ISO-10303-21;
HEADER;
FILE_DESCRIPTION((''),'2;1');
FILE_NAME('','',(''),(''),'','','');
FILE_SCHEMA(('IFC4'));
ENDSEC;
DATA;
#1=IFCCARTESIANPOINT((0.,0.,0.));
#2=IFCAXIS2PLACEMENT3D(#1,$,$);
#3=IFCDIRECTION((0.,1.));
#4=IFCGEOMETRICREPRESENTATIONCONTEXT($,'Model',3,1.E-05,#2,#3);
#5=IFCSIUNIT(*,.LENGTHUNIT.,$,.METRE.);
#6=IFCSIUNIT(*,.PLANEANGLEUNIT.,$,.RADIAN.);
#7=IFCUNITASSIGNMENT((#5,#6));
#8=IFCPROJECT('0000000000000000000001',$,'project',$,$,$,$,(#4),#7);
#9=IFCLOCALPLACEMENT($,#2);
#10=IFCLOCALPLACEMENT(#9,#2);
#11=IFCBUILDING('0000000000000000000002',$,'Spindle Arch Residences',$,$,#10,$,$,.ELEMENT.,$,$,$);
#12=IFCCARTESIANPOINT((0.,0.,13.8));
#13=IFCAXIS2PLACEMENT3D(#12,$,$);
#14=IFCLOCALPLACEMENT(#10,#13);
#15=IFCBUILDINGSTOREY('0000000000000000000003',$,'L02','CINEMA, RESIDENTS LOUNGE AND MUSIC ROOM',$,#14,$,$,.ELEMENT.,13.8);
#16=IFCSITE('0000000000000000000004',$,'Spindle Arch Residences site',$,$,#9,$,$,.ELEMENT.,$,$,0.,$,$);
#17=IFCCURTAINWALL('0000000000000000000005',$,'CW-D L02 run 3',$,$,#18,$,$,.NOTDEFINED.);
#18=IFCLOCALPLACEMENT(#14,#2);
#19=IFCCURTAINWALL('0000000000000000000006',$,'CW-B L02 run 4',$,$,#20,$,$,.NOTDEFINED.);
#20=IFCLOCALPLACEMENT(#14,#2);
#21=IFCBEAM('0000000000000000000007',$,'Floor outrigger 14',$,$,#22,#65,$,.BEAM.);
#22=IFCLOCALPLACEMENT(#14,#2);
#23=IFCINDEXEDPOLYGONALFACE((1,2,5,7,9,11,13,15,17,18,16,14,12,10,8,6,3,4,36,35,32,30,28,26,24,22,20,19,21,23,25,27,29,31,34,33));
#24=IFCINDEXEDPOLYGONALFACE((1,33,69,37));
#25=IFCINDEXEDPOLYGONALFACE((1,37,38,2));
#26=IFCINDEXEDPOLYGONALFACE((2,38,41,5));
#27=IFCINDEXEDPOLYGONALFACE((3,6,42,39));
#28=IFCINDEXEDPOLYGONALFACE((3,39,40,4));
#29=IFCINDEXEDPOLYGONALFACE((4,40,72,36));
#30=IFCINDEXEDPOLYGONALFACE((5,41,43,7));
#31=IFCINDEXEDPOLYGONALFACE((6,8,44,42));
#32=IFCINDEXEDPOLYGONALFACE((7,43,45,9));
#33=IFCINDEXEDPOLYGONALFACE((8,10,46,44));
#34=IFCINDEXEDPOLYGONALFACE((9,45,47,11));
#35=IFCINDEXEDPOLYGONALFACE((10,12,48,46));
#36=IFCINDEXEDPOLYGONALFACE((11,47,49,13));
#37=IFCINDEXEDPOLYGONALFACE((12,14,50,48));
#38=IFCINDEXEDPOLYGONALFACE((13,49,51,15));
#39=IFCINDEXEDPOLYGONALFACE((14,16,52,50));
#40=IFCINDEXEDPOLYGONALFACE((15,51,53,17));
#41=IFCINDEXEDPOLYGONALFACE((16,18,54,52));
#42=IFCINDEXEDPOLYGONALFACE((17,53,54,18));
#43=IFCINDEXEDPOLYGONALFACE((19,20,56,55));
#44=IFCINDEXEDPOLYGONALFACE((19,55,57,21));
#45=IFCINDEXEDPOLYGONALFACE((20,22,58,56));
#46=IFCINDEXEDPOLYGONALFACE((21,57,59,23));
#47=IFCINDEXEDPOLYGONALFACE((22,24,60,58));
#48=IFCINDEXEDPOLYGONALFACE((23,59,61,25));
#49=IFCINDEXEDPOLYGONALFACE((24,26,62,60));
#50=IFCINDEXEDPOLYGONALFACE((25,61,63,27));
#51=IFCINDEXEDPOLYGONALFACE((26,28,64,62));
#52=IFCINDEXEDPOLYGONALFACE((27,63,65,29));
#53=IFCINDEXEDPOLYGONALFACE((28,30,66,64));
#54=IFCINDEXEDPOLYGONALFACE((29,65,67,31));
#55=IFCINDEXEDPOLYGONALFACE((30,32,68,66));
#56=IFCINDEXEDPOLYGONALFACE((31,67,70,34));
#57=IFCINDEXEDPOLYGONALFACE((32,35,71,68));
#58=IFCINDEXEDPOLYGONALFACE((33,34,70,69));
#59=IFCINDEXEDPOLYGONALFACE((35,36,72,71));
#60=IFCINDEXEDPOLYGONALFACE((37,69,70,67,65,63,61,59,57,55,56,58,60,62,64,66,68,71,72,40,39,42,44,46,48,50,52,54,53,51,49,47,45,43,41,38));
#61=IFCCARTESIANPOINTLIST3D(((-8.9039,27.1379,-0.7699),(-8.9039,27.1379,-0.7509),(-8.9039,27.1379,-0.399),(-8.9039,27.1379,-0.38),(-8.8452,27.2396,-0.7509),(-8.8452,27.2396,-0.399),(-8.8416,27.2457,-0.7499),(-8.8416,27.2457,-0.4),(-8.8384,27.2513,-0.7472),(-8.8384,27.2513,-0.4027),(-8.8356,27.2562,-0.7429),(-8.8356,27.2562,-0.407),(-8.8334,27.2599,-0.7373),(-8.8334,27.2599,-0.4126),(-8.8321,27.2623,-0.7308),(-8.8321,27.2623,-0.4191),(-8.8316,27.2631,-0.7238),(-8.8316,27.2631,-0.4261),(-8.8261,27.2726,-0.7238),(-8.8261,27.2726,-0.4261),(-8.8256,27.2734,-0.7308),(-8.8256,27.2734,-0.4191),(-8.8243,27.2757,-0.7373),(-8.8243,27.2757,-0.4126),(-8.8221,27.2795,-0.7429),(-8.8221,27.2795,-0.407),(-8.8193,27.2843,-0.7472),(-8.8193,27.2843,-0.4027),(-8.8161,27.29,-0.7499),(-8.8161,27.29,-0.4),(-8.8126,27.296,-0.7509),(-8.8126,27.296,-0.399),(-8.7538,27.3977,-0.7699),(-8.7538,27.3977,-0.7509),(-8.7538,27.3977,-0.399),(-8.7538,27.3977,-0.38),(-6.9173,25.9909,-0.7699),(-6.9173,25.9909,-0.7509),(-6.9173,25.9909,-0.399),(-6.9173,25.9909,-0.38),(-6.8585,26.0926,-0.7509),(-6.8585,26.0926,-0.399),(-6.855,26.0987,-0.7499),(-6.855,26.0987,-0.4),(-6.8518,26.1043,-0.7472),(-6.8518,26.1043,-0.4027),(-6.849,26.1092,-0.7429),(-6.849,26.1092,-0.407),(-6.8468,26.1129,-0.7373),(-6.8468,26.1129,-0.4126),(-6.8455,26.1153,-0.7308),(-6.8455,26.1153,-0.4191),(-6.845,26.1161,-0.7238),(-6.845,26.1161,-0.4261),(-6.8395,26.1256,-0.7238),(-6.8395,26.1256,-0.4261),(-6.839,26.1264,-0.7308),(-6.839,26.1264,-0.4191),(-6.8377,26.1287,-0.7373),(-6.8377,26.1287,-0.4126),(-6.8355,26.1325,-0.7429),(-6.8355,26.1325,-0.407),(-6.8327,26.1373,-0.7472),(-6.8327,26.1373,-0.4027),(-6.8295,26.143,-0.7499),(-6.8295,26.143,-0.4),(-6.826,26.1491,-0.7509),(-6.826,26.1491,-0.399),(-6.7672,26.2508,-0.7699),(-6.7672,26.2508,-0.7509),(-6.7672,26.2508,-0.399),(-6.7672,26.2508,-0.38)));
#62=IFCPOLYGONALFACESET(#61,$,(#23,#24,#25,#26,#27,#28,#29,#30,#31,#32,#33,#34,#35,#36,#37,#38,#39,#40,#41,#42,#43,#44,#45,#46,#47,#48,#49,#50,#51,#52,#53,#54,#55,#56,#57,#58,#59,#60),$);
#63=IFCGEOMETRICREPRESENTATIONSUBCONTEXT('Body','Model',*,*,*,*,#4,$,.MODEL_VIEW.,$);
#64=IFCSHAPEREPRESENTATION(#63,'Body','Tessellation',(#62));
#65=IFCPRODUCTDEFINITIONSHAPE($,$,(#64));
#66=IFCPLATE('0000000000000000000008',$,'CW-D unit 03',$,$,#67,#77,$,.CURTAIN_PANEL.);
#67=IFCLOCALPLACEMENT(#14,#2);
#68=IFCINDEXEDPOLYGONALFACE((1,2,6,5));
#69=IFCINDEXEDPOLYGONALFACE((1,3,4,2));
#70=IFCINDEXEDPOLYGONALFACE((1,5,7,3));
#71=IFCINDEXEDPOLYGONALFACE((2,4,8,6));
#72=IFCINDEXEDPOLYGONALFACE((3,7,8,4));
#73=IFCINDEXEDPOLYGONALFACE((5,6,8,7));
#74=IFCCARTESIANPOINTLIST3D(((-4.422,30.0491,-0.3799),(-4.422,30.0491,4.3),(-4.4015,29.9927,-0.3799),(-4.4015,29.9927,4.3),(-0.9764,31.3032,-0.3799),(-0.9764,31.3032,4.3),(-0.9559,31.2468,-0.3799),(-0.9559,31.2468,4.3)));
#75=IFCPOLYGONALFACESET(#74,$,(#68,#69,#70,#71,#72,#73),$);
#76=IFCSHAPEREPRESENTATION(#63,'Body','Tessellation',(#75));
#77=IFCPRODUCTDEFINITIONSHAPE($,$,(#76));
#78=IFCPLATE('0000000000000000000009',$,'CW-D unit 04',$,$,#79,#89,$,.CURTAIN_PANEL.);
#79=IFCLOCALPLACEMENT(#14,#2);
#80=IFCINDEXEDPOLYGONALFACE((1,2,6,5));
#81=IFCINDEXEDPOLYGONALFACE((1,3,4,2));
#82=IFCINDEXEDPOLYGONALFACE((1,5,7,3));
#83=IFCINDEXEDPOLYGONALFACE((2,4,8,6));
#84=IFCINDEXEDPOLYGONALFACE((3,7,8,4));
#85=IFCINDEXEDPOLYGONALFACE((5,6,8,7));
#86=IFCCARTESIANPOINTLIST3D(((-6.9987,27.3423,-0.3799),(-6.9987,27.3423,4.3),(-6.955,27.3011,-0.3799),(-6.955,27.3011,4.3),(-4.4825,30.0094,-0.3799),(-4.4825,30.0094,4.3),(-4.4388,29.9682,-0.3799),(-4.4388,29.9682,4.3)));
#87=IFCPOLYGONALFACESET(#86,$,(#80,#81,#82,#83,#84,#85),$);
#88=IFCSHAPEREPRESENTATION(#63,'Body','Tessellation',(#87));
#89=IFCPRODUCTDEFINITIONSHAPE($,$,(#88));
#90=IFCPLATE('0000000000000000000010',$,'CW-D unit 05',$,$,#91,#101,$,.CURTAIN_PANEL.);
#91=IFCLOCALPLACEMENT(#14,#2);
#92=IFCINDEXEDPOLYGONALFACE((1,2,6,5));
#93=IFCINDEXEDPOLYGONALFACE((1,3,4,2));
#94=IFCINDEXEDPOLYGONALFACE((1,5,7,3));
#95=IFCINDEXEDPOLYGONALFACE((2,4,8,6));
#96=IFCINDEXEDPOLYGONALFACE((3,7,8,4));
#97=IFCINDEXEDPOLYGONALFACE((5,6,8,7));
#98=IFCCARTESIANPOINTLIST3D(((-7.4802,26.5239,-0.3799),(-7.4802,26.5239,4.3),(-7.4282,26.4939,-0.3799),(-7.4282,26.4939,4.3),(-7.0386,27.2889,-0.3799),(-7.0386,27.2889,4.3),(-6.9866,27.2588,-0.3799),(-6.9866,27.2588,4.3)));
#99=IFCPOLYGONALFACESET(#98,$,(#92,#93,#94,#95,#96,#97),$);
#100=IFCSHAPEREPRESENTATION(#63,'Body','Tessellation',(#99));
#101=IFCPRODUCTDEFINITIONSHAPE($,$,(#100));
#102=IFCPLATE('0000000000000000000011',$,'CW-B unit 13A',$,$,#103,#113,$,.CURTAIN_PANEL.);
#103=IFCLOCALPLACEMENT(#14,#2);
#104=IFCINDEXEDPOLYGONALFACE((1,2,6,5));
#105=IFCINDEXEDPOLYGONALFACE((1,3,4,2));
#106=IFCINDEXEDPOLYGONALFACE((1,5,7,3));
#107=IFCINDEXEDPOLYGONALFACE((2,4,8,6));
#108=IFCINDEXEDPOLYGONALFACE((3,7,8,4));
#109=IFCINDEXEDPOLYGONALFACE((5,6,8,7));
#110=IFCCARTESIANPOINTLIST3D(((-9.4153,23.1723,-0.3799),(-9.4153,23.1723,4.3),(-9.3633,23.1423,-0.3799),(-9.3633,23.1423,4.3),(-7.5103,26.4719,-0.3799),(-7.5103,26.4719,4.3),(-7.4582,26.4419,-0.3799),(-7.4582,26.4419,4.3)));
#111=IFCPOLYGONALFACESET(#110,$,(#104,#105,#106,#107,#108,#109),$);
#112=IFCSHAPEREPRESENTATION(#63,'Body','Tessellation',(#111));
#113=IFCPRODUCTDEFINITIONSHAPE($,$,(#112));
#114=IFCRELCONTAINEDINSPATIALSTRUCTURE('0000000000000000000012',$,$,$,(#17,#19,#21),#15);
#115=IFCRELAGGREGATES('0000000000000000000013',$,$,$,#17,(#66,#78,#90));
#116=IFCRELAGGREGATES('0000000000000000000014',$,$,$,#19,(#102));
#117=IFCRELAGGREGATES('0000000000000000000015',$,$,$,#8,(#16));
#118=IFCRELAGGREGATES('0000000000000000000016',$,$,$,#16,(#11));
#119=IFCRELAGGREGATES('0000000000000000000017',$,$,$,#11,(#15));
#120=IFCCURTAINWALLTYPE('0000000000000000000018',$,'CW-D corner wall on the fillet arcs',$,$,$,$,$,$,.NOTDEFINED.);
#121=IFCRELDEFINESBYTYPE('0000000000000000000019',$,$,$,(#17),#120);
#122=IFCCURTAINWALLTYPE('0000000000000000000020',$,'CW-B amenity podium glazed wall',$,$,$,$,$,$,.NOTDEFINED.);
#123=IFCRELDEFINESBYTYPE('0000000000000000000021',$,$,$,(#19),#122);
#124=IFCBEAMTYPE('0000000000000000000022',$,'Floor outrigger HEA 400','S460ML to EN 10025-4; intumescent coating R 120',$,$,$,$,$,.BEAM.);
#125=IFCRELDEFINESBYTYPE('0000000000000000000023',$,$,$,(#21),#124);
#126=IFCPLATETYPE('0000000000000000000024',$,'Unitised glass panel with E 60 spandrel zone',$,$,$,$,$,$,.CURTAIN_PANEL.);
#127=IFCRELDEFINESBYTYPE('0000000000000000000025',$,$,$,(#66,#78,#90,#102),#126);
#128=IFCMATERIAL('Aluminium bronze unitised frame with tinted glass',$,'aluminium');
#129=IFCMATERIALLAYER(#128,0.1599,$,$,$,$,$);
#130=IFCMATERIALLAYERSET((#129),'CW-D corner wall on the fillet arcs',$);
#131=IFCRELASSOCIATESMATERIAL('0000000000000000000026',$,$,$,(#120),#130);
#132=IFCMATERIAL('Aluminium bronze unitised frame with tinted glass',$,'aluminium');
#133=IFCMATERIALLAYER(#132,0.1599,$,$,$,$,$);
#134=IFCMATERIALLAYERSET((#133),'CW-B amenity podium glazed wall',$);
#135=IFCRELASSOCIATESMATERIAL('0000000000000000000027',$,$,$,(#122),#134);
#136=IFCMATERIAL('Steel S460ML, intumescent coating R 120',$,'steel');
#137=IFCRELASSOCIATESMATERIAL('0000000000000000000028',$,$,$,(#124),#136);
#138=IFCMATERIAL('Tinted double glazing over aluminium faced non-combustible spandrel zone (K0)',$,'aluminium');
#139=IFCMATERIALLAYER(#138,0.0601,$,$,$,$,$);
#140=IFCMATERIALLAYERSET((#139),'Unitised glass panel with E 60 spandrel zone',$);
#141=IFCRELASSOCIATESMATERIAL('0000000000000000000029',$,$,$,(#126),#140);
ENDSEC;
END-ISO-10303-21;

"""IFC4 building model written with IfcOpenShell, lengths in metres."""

from ifc_helpers import new_model, si_unit, direction, frame, origin, origin_2d, place, context, subcontext, project, spatial, rectangle, i_section, extrude, material, layer, layer_set, material_profile, profile_set, type_object, element, aggregate, save


model = new_model("IFC4")

# Units and contexts
model_context = context("Model", 3, precision=1e-05, world=origin(), true_north=direction((0.0, 1.0)))
body_context = subcontext(model_context, "Body", "Model", "MODEL_VIEW")
ifc_project = project(units=[si_unit("LENGTHUNIT", "METRE"), si_unit("PLANEANGLEUNIT", "RADIAN")], contexts=[model_context])

# Site, building, storey
site_placement = place(None, origin())
site = spatial("IfcSite", under=ifc_project, at=site_placement, Name="Spindle Arch Residences site", CompositionType="ELEMENT", RefElevation=0.0)
building_placement = place(site_placement, origin())
building = spatial("IfcBuilding", under=site, at=building_placement, Name="Spindle Arch Residences", CompositionType="ELEMENT")
storey_placement = place(building_placement, frame((0.0, 0.0, 13.8)))
storey = spatial("IfcBuildingStorey", under=building, at=storey_placement, Name="L02", Description="CINEMA, RESIDENTS LOUNGE AND MUSIC ROOM", CompositionType="ELEMENT", Elevation=13.8)

# Curtain wall
ifc_material_1 = material(Name="Aluminium bronze unitised frame with tinted glass", Category="aluminium")
ifc_layer_1 = layer(ifc_material_1, 0.1599)
ifc_layer_set_1 = layer_set([ifc_layer_1], Name="CW-D corner wall on the fillet arcs")
curtain_wall_type_1 = type_object("IfcCurtainWallType", Name="CW-D corner wall on the fillet arcs", PredefinedType="NOTDEFINED", material=ifc_layer_set_1)
curtain_wall_1_placement = place(storey_placement, origin())
curtain_wall_1 = element("IfcCurtainWall", 1, at=curtain_wall_1_placement, inside=storey, type_object=curtain_wall_type_1, Name="CW-D L02 run 3", PredefinedType="NOTDEFINED")

# Curtain wall
ifc_material_2 = material(Name="Aluminium bronze unitised frame with tinted glass", Category="aluminium")
ifc_layer_2 = layer(ifc_material_2, 0.1599)
ifc_layer_set_2 = layer_set([ifc_layer_2], Name="CW-B amenity podium glazed wall")
curtain_wall_type_2 = type_object("IfcCurtainWallType", Name="CW-B amenity podium glazed wall", PredefinedType="NOTDEFINED", material=ifc_layer_set_2)
curtain_wall_2_placement = place(storey_placement, origin())
curtain_wall_2 = element("IfcCurtainWall", 2, at=curtain_wall_2_placement, inside=storey, type_object=curtain_wall_type_2, Name="CW-B L02 run 4", PredefinedType="NOTDEFINED")

# Beam
ifc_material_3 = material(Name="Steel S460ML, intumescent coating R 120", Category="steel")
ifc_material_profile_1 = material_profile(ifc_material_3, i_section(OverallWidth=0.3, OverallDepth=0.3899, WebThickness=0.011, FlangeThickness=0.019, FilletRadius=0.0271, at=origin_2d()), Name="HEA 400")
ifc_profile_set_1 = profile_set([ifc_material_profile_1], Name="Steel S460ML, intumescent coating R 120")
beam_type_1 = type_object("IfcBeamType", Name="Floor outrigger HEA 400", Description="S460ML to EN 10025-4; intumescent coating R 120", PredefinedType="BEAM", material=ifc_profile_set_1)
beam_1_placement = place(storey_placement, frame((-8.8289, 27.2678, -0.575), z_axis=(0.866021, -0.500008, 0.0), x_axis=(0.500008, 0.866021, 0.0)))
element("IfcBeam", 3, at=beam_1_placement, inside=storey, type_object=beam_type_1, Name="Floor outrigger 14", PredefinedType="BEAM", context=body_context, shape_type="SweptSolid", body=[
    extrude(i_section(OverallWidth=0.3, OverallDepth=0.3899, WebThickness=0.011, FlangeThickness=0.019, FilletRadius=0.0271, at=origin_2d()), origin(), (0.0, 0.0, 1.0), 2.2939),
])

# Plates
ifc_material_4 = material(Name="Tinted double glazing over aluminium faced non-combustible spandrel zone (K0)", Category="aluminium")
ifc_layer_3 = layer(ifc_material_4, 0.0601)
ifc_layer_set_3 = layer_set([ifc_layer_3], Name="Unitised glass panel with E 60 spandrel zone")
plate_type = type_object("IfcPlateType", Name="Unitised glass panel with E 60 spandrel zone", PredefinedType="CURTAIN_PANEL", material=ifc_layer_set_3)
plate_1_placement = place(storey_placement, frame((-2.689, 30.6479, -0.3799), z_axis=(0.0, 0.0, 1.0), x_axis=(-0.939693, -0.34202, 0.0)))
plate_1 = element("IfcPlate", 4, at=plate_1_placement, type_object=plate_type, Name="CW-D unit 03", PredefinedType="CURTAIN_PANEL", context=body_context, shape_type="SweptSolid", body=[
    extrude(rectangle(XDim=3.6667, YDim=0.0601, at=origin_2d()), origin(), (0.0, 0.0, 1.0), 4.6799),
])
plate_2_placement = place(storey_placement, frame((-5.7188, 28.6553, -0.3799), z_axis=(0.0, 0.0, 1.0), x_axis=(-0.686242, -0.727374, 0.0)))
plate_2 = element("IfcPlate", 5, at=plate_2_placement, type_object=plate_type, Name="CW-D unit 04", PredefinedType="CURTAIN_PANEL", context=body_context, shape_type="SweptSolid", body=[
    extrude(rectangle(XDim=3.6667, YDim=0.0601, at=origin_2d()), origin(), (0.0, 0.0, 1.0), 4.6799),
])
plate_3_placement = place(storey_placement, frame((-7.2334, 26.8914, -0.3799), z_axis=(0.0, 0.0, 1.0), x_axis=(-0.5, -0.866025, 0.0)))
plate_3 = element("IfcPlate", 6, at=plate_3_placement, type_object=plate_type, Name="CW-D unit 05", PredefinedType="CURTAIN_PANEL", context=body_context, shape_type="SweptSolid", body=[
    extrude(rectangle(XDim=0.8833, YDim=0.0601, at=origin_2d()), origin(), (0.0, 0.0, 1.0), 4.6799),
])
aggregate(curtain_wall_1, [plate_1, plate_2, plate_3])
plate_4_placement = place(storey_placement, frame((-8.4368, 24.8071, -0.3799), z_axis=(0.0, 0.0, 1.0), x_axis=(-0.5, -0.866025, 0.0)))
plate_4 = element("IfcPlate", 7, at=plate_4_placement, type_object=plate_type, Name="CW-B unit 13A", PredefinedType="CURTAIN_PANEL", context=body_context, shape_type="SweptSolid", body=[
    extrude(rectangle(XDim=3.8101, YDim=0.0601, at=origin_2d()), origin(), (0.0, 0.0, 1.0), 4.6799),
])
aggregate(curtain_wall_2, [plate_4])

save(model, "model.ifc")
